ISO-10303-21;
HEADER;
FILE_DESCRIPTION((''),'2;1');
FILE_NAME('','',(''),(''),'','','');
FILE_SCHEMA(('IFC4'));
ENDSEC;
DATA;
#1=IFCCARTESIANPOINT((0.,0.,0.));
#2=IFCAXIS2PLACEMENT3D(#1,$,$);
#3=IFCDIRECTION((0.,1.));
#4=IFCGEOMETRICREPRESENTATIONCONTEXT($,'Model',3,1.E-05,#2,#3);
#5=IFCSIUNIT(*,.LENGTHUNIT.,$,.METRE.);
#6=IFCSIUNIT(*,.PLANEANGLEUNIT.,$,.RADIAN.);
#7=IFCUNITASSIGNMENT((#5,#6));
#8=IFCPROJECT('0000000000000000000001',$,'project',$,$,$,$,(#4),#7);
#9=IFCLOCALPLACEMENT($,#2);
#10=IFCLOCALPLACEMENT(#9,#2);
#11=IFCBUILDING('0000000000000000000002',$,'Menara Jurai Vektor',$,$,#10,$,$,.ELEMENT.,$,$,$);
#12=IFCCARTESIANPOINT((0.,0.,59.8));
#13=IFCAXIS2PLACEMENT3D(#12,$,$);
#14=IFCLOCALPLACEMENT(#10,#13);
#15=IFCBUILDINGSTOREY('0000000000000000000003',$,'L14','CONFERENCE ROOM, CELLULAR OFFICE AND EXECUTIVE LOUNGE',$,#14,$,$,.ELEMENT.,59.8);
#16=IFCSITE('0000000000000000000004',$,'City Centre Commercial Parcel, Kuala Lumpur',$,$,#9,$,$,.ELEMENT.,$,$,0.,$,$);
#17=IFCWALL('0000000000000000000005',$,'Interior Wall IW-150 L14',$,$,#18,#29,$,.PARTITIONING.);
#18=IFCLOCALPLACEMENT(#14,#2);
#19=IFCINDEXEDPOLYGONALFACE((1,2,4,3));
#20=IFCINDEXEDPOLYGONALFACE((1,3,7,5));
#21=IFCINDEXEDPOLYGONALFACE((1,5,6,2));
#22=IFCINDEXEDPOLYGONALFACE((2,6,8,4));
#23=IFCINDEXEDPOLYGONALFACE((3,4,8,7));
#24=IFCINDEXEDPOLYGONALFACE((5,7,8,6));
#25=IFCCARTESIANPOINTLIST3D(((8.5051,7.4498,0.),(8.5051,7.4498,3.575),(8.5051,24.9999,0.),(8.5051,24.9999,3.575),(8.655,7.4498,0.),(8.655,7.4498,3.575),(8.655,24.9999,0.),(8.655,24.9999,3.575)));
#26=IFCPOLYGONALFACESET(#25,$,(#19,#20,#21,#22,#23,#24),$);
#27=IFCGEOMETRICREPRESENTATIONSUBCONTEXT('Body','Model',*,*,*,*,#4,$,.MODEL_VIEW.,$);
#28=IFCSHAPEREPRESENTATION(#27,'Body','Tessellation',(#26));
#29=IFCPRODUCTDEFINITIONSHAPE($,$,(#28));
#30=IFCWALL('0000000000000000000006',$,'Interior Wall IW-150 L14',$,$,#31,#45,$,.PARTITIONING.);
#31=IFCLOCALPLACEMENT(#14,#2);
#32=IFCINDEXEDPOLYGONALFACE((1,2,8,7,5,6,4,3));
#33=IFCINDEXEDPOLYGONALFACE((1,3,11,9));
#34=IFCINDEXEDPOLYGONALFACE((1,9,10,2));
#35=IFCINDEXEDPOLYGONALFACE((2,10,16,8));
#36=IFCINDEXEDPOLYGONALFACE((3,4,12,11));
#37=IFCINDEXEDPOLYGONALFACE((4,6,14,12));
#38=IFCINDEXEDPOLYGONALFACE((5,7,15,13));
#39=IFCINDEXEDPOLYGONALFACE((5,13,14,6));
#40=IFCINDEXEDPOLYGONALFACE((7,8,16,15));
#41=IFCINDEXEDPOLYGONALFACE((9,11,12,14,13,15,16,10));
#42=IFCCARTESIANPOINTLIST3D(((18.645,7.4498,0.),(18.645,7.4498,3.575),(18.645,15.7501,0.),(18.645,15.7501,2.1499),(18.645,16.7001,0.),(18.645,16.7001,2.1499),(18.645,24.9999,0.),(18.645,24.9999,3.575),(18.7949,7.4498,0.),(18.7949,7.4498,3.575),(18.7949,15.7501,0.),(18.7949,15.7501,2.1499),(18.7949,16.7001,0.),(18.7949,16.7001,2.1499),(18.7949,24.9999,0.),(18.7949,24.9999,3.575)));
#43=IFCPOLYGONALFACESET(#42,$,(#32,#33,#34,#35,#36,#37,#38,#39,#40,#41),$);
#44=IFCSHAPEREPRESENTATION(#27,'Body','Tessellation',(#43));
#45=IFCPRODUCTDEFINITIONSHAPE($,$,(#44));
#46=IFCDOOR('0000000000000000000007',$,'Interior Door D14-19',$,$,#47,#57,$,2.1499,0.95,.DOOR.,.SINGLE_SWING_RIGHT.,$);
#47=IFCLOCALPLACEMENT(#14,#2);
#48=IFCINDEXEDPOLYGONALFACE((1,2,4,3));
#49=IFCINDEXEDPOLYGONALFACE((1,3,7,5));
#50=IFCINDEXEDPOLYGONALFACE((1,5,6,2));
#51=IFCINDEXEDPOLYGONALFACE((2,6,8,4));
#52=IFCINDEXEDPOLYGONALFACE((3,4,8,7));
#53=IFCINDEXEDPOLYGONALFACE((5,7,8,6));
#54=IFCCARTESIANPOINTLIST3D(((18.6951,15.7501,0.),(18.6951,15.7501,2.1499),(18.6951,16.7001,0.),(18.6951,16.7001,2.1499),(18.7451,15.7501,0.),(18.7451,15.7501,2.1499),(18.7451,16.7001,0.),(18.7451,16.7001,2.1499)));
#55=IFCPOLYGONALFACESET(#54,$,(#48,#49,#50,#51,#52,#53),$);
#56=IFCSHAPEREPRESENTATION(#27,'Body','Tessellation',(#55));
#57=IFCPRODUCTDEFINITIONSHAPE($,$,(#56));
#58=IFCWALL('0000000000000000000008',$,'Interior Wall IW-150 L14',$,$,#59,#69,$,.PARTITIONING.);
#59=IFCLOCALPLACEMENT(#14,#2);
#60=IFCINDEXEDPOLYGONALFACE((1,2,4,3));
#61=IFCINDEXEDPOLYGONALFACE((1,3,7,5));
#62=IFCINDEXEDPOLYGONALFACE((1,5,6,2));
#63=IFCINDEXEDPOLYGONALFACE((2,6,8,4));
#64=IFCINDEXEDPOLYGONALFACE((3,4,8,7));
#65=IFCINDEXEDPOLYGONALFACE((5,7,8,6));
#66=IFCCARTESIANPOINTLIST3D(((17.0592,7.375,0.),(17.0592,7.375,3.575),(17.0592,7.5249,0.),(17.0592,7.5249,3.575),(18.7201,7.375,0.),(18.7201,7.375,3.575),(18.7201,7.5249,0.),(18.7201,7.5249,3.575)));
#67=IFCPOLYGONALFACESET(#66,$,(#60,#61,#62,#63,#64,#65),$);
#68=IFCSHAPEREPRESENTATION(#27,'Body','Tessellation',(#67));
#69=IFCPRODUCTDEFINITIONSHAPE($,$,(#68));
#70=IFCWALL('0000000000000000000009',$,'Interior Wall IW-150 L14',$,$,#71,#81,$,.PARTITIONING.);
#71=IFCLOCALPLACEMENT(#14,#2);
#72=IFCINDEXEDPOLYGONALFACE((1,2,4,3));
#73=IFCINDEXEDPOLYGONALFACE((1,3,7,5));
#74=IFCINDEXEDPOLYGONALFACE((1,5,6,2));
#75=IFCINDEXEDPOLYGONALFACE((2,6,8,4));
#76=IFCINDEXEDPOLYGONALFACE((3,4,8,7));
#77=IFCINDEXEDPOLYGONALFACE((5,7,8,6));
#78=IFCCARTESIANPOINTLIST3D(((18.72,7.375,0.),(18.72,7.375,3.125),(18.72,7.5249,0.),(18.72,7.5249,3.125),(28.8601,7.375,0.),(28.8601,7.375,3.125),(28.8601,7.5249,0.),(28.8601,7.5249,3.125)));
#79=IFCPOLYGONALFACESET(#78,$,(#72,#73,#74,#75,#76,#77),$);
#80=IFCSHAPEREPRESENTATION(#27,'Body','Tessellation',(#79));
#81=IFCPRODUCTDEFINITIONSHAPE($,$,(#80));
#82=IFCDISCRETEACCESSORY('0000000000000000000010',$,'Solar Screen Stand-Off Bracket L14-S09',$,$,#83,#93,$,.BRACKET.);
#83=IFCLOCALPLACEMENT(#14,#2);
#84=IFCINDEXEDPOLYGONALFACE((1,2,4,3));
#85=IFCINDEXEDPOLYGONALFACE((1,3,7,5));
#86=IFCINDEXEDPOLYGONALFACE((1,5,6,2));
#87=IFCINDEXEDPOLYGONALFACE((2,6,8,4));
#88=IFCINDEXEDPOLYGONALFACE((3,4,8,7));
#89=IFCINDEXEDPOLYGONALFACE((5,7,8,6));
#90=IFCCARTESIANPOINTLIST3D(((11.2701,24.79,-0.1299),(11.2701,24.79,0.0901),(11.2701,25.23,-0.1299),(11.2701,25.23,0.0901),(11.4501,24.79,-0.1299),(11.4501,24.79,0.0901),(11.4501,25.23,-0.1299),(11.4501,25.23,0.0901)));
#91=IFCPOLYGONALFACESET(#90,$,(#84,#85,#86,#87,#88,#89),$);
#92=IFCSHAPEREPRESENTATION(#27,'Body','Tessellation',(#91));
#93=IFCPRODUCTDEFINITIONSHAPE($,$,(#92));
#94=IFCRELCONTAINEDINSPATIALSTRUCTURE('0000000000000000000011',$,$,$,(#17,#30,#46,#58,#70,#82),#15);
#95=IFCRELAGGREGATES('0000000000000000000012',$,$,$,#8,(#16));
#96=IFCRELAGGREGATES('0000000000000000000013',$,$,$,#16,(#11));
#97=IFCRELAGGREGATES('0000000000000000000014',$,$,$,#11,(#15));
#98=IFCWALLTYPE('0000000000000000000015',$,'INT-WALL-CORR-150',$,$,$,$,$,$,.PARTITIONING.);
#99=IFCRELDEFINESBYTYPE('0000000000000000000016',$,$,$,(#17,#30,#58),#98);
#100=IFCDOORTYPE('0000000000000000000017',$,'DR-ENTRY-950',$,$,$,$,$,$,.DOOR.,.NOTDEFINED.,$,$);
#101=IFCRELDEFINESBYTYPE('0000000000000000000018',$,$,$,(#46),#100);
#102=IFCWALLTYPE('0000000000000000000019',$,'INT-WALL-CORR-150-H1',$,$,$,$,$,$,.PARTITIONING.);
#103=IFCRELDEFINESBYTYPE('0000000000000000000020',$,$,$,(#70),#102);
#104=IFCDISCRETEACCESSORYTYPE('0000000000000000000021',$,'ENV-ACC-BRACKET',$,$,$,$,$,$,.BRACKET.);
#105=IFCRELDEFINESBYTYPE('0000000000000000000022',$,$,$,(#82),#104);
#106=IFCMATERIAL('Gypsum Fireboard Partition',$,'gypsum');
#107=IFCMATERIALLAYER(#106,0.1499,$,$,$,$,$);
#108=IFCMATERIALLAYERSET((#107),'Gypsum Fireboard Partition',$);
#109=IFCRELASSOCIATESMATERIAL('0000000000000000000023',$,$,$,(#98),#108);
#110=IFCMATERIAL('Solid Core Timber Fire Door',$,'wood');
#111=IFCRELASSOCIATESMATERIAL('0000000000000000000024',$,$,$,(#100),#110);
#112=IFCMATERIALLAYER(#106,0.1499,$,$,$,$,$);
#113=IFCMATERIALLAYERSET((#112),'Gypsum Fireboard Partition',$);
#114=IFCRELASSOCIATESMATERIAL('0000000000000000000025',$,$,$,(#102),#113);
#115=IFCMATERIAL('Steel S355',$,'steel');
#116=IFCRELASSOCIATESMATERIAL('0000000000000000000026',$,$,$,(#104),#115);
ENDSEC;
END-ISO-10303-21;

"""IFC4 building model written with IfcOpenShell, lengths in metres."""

from ifc_helpers import new_model, si_unit, direction, frame, frame_2d, origin, origin_2d, place, context, subcontext, project, spatial, rectangle, extrude, material, layer, layer_set, type_object, element, fill, save


model = new_model("IFC4")

# Units and contexts
model_context = context("Model", 3, precision=1e-05, world=origin(), true_north=direction((0.0, 1.0)))
body_context = subcontext(model_context, "Body", "Model", "MODEL_VIEW")
ifc_project = project(units=[si_unit("LENGTHUNIT", "METRE"), si_unit("PLANEANGLEUNIT", "RADIAN")], contexts=[model_context])

# Site, building, storey
site_placement = place(None, origin())
site = spatial("IfcSite", under=ifc_project, at=site_placement, Name="City Centre Commercial Parcel, Kuala Lumpur", CompositionType="ELEMENT", RefElevation=0.0)
building_placement = place(site_placement, origin())
building = spatial("IfcBuilding", under=site, at=building_placement, Name="Menara Jurai Vektor", CompositionType="ELEMENT")
storey_placement = place(building_placement, frame((0.0, 0.0, 59.8)))
storey = spatial("IfcBuildingStorey", under=building, at=storey_placement, Name="L14", Description="CONFERENCE ROOM, CELLULAR OFFICE AND EXECUTIVE LOUNGE", CompositionType="ELEMENT", Elevation=59.8)

# Shared definitions
ifc_material_1 = material(Name="Steel S355", Category="steel")

# Shared definitions
ifc_material_2 = material(Name="Gypsum Fireboard Partition", Category="gypsum")
ifc_layer_1 = layer(ifc_material_2, 0.1499)
ifc_layer_set_1 = layer_set([ifc_layer_1], Name="Gypsum Fireboard Partition")
wall_type_1 = type_object("IfcWallType", Name="INT-WALL-CORR-150", PredefinedType="PARTITIONING", material=ifc_layer_set_1)

# Shared definitions
ifc_material_3 = material(Name="Solid Core Timber Fire Door", Category="wood")
door_type = type_object("IfcDoorType", Name="DR-ENTRY-950", OperationType="NOTDEFINED", PredefinedType="DOOR", material=ifc_material_3)

# Wall
wall_1_placement = place(storey_placement, frame((8.5801, 7.45, 0.0), z_axis=(0.0, 0.0, 1.0), x_axis=(0.0, 1.0, 0.0)))
element("IfcWall", 1, at=wall_1_placement, inside=storey, type_object=wall_type_1, Name="Interior Wall IW-150 L14", PredefinedType="PARTITIONING", context=body_context, shape_type="SweptSolid", body=[
    extrude(rectangle(XDim=17.55, YDim=0.1499, at=frame_2d((8.7749, 0.0))), origin(), (0.0, 0.0, 1.0), 3.575),
])

# Wall, opening, door
wall_2_placement = place(storey_placement, frame((18.72, 7.45, 0.0), z_axis=(0.0, 0.0, 1.0), x_axis=(0.0, 1.0, 0.0)))
wall_2 = element("IfcWall", 2, at=wall_2_placement, inside=storey, type_object=wall_type_1, Name="Interior Wall IW-150 L14", PredefinedType="PARTITIONING", context=body_context, shape_type="SweptSolid", body=[
    extrude(rectangle(XDim=17.55, YDim=0.1499, at=frame_2d((8.7749, 0.0))), origin(), (0.0, 0.0, 1.0), 3.575),
])
opening_1_placement = place(wall_2_placement, frame((8.3, 0.0, 0.0)))
opening_1 = element("IfcOpeningElement", 3, at=opening_1_placement, cuts=wall_2, PredefinedType="OPENING", context=body_context, shape_type="SweptSolid", body=[
    extrude(rectangle(XDim=0.95, YDim=2.1499, at=frame_2d((0.4751, 1.075))), frame((0.0, 0.085, 0.0), z_axis=(0.0, -1.0, 0.0), x_axis=(1.0, 0.0, 0.0)), (0.0, 0.0, 1.0), 0.1699),
])
door_1_placement = place(opening_1_placement, origin())
door_1 = element("IfcDoor", 4, at=door_1_placement, inside=storey, type_object=door_type, Name="Interior Door D14-19", OperationType="SINGLE_SWING_RIGHT", OverallHeight=2.1499, OverallWidth=0.95, PredefinedType="DOOR", context=body_context, shape_type="SweptSolid", body=[
    extrude(rectangle(XDim=0.95, YDim=2.1499, at=frame_2d((0.4751, 1.075))), frame((0.0, 0.0249, 0.0), z_axis=(0.0, -1.0, 0.0), x_axis=(1.0, 0.0, 0.0)), (0.0, 0.0, 1.0), 0.05),
])
fill(opening_1, door_1)

# Walls
wall_3_placement = place(storey_placement, frame((17.0591, 7.45, 0.0), z_axis=(0.0, 0.0, 1.0), x_axis=(1.0, 0.0, 0.0)))
element("IfcWall", 5, at=wall_3_placement, inside=storey, type_object=wall_type_1, Name="Interior Wall IW-150 L14", PredefinedType="PARTITIONING", context=body_context, shape_type="SweptSolid", body=[
    extrude(rectangle(XDim=1.6609, YDim=0.1499, at=frame_2d((0.8306, 0.0))), origin(), (0.0, 0.0, 1.0), 3.575),
])
ifc_layer_2 = layer(ifc_material_2, 0.1499)
ifc_layer_set_2 = layer_set([ifc_layer_2], Name="Gypsum Fireboard Partition")
wall_type_2 = type_object("IfcWallType", Name="INT-WALL-CORR-150-H1", PredefinedType="PARTITIONING", material=ifc_layer_set_2)
wall_4_placement = place(storey_placement, frame((18.72, 7.45, 0.0), z_axis=(0.0, 0.0, 1.0), x_axis=(1.0, 0.0, 0.0)))
element("IfcWall", 6, at=wall_4_placement, inside=storey, type_object=wall_type_2, Name="Interior Wall IW-150 L14", PredefinedType="PARTITIONING", context=body_context, shape_type="SweptSolid", body=[
    extrude(rectangle(XDim=10.1401, YDim=0.1499, at=frame_2d((5.0701, 0.0))), origin(), (0.0, 0.0, 1.0), 3.125),
])

# Discrete accessory
discrete_accessory_type = type_object("IfcDiscreteAccessoryType", Name="ENV-ACC-BRACKET", PredefinedType="BRACKET", material=ifc_material_1)
discrete_accessory_placement = place(storey_placement, frame((11.3601, 25.01, -0.1299), z_axis=(0.0, 0.0, 1.0), x_axis=(-1.0, 0.0, 0.0)))
element("IfcDiscreteAccessory", 7, at=discrete_accessory_placement, inside=storey, type_object=discrete_accessory_type, Name="Solar Screen Stand-Off Bracket L14-S09", PredefinedType="BRACKET", context=body_context, shape_type="SweptSolid", body=[
    extrude(rectangle(XDim=0.1799, YDim=0.4399, at=origin_2d()), origin(), (0.0, 0.0, 1.0), 0.22),
])

save(model, "model.ifc")
